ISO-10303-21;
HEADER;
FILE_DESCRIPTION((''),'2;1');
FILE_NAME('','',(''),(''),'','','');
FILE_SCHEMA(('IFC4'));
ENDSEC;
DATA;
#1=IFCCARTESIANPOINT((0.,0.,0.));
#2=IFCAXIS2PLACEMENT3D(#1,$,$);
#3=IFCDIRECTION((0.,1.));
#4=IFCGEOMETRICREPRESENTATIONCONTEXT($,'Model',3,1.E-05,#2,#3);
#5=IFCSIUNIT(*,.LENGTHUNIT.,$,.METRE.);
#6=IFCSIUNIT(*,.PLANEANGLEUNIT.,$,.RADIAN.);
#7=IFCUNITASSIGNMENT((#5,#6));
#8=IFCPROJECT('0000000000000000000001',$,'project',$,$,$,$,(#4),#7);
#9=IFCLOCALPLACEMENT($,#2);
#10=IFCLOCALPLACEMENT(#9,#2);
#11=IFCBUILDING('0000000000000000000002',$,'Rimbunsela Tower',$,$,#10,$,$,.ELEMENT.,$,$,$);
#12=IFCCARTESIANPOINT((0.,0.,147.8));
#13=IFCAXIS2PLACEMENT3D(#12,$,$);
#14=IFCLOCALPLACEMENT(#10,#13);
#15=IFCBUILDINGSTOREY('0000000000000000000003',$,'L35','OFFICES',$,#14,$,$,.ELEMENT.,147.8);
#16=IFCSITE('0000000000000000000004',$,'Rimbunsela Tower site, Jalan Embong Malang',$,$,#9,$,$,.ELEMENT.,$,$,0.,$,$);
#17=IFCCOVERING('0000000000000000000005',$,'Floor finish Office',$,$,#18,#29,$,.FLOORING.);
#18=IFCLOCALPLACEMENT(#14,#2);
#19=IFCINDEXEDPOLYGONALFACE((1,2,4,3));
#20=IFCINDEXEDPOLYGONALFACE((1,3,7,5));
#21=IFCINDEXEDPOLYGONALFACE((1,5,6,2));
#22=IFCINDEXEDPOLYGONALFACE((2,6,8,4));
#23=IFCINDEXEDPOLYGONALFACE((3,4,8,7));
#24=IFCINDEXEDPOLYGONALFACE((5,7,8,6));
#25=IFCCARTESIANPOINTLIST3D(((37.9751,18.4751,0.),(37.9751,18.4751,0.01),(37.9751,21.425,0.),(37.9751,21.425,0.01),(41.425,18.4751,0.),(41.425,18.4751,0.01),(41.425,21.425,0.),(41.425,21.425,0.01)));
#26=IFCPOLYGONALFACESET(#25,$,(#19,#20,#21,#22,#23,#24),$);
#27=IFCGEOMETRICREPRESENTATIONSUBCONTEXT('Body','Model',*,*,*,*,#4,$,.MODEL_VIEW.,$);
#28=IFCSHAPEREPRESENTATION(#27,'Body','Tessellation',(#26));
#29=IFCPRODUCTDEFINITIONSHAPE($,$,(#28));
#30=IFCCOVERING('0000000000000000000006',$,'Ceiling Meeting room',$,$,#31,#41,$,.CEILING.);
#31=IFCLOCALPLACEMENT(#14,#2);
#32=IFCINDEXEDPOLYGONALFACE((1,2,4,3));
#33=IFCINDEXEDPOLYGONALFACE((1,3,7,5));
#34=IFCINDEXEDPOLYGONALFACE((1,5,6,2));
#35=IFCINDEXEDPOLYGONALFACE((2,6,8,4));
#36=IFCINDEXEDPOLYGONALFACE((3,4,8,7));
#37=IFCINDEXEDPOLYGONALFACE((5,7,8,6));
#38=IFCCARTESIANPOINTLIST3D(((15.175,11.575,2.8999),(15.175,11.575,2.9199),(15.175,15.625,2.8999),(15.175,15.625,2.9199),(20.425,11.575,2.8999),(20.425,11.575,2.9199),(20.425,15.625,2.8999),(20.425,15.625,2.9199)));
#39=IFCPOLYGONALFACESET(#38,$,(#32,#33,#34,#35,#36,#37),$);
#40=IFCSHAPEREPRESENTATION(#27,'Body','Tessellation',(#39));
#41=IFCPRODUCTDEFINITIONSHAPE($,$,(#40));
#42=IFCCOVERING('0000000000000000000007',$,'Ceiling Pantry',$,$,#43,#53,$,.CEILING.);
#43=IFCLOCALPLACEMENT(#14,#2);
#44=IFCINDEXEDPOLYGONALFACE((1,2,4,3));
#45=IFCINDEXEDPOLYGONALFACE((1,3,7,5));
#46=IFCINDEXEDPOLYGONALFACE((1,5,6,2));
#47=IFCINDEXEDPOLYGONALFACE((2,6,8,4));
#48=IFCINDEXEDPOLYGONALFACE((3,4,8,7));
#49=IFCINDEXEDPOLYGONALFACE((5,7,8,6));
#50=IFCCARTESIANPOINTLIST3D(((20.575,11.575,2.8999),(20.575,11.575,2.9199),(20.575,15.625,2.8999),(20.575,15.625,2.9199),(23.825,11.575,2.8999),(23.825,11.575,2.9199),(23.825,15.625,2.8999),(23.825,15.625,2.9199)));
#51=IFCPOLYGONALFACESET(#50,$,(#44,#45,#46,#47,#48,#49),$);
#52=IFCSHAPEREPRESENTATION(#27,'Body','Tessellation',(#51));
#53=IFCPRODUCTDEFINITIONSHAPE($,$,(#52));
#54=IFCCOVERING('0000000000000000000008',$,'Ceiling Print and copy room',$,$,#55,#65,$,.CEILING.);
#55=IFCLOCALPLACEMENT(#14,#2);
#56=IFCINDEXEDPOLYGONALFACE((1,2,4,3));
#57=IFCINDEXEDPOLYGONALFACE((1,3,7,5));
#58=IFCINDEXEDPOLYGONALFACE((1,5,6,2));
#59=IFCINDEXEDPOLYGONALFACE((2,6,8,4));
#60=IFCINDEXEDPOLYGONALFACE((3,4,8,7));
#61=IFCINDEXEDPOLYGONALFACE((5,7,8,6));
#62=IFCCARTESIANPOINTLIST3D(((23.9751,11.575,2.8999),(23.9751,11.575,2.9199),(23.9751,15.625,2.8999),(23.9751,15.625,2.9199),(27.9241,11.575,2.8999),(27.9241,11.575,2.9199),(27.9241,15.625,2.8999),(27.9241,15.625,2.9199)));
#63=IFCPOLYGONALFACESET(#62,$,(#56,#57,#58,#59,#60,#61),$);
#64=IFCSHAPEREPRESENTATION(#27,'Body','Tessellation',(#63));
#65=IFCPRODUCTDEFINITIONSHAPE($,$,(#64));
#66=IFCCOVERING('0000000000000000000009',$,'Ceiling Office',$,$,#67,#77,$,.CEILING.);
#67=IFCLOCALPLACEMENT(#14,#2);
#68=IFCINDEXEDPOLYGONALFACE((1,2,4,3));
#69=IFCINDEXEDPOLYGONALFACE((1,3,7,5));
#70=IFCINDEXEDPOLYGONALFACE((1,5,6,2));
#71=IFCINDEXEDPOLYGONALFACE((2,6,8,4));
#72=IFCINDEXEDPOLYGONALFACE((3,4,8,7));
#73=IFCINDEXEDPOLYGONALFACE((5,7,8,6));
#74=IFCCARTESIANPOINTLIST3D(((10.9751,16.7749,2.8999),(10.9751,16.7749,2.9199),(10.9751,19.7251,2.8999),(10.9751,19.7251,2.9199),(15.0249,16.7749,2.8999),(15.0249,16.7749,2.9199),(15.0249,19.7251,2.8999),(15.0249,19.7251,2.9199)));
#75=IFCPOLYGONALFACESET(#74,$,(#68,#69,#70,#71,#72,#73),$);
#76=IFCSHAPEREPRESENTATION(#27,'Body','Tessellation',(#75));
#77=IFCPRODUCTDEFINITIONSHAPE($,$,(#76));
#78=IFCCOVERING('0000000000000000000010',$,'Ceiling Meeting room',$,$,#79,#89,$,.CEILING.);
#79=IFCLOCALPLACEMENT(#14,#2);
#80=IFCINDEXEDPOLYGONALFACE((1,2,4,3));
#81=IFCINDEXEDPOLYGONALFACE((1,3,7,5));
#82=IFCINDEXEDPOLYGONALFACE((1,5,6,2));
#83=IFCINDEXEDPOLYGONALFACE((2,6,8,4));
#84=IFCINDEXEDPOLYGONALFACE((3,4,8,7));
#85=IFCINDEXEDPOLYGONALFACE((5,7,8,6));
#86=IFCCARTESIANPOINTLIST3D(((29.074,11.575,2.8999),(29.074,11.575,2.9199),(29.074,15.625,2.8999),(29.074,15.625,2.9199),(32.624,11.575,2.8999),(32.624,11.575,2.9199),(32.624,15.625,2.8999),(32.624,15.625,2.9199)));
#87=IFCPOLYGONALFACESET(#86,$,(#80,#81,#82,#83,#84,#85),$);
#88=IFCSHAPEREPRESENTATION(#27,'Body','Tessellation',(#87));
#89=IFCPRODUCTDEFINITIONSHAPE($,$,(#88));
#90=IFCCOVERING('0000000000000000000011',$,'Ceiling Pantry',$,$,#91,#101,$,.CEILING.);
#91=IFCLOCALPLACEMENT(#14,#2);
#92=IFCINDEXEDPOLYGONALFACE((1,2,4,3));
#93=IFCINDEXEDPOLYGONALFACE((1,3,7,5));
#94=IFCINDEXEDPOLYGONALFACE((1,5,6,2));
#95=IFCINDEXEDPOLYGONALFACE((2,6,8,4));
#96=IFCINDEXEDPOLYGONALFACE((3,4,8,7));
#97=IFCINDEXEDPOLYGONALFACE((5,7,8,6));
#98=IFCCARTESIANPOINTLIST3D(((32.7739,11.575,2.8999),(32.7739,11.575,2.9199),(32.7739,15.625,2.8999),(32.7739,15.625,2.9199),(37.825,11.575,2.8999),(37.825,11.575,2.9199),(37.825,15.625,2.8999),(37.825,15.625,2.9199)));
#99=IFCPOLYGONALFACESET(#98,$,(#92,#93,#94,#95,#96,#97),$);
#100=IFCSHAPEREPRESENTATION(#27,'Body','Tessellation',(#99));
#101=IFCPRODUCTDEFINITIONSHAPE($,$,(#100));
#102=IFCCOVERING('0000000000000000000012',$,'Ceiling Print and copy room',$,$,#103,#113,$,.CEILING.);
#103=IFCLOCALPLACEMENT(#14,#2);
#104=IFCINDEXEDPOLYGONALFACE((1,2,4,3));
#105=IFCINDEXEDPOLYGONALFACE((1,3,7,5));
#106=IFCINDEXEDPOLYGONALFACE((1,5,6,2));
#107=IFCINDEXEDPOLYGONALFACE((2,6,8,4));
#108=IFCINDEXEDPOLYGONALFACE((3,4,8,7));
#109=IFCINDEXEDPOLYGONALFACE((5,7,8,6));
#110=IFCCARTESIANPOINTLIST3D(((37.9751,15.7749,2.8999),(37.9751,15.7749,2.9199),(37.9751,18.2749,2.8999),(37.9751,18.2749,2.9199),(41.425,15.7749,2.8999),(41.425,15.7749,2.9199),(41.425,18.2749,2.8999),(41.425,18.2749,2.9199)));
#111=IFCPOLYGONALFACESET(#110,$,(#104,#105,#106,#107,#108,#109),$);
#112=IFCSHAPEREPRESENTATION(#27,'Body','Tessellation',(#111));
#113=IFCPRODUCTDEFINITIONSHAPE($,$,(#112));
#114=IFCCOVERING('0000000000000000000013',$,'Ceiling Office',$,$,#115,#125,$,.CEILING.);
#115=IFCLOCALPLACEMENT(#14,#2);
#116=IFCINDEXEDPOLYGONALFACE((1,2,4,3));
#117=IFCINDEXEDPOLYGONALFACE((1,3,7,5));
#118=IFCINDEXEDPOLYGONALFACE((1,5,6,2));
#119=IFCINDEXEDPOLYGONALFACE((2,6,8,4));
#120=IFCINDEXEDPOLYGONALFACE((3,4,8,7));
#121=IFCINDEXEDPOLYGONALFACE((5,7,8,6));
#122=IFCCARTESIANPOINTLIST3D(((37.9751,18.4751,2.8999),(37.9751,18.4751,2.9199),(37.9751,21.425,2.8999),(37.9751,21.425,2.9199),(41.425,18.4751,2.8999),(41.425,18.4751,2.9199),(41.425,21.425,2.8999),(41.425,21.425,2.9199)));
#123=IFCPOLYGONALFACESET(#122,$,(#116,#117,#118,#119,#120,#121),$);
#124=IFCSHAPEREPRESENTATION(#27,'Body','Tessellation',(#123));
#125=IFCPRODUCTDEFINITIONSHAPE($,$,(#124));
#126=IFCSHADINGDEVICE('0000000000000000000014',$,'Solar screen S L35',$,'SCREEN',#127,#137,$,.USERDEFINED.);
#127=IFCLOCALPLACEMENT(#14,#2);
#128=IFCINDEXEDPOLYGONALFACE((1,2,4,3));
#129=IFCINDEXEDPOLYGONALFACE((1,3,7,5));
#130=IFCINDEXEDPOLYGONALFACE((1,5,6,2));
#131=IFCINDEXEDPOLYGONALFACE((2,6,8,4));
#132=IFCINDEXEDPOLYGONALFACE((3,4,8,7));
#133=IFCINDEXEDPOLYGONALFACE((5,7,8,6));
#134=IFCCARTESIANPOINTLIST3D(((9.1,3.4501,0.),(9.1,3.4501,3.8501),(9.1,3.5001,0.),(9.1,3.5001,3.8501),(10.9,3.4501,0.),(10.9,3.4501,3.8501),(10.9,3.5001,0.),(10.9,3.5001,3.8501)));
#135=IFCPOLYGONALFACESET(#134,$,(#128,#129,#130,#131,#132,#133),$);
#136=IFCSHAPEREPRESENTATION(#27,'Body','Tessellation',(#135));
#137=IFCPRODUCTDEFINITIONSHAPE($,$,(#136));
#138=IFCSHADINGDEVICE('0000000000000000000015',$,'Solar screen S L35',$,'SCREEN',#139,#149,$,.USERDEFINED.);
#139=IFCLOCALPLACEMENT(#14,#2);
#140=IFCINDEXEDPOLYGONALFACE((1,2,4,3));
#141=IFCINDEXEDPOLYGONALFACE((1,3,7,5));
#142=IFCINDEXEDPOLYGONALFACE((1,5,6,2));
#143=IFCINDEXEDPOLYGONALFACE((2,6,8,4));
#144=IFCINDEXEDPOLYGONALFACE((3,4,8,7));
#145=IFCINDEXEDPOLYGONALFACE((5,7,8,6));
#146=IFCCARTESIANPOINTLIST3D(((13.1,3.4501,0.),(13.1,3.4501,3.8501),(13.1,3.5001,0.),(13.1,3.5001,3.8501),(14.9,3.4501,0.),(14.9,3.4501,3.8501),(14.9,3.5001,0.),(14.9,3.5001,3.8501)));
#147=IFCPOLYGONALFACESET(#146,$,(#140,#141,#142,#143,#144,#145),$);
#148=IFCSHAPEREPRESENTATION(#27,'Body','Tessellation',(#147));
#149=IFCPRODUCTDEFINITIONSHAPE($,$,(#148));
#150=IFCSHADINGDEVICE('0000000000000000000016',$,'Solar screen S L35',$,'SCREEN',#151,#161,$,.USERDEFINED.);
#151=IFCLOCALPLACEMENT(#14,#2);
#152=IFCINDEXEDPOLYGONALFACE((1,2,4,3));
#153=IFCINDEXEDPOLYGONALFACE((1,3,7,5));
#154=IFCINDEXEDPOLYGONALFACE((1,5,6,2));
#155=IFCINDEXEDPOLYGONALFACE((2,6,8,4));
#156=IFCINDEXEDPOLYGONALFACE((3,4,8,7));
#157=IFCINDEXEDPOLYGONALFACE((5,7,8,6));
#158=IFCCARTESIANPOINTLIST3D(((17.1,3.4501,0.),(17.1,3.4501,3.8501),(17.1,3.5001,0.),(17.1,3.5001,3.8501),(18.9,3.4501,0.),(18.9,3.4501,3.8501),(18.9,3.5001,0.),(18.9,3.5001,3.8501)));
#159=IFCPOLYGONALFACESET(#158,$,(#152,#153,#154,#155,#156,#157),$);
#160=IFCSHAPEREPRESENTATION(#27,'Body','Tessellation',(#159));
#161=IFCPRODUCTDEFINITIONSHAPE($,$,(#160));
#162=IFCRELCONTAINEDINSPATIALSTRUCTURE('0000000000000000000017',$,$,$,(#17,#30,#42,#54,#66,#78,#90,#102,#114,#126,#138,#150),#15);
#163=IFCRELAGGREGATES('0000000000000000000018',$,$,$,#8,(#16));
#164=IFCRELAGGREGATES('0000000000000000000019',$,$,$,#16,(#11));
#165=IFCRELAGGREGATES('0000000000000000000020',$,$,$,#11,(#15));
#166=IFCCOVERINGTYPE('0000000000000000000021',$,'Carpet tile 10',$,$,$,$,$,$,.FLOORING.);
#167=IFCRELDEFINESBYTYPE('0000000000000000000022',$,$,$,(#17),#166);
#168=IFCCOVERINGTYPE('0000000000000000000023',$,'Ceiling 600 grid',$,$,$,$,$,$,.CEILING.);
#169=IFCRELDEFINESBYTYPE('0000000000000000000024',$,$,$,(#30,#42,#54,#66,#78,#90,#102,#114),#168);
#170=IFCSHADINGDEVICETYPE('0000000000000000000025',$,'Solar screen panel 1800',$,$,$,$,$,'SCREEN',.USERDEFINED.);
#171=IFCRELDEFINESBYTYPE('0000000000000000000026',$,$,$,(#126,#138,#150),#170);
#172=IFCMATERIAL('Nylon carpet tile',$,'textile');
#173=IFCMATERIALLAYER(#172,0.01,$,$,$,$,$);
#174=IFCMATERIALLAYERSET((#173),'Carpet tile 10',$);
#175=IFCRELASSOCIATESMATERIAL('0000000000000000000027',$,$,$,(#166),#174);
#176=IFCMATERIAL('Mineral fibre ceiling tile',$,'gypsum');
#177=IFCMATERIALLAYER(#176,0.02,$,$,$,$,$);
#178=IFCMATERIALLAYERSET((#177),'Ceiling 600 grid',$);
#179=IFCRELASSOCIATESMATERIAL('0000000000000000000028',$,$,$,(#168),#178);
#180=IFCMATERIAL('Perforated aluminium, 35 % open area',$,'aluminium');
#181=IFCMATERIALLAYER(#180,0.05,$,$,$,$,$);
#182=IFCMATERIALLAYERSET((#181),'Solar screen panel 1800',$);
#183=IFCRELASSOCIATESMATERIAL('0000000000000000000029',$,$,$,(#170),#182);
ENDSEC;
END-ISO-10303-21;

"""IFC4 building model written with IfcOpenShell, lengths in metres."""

from ifc_helpers import new_model, si_unit, direction, frame, origin, origin_2d, place, context, subcontext, project, spatial, polyline, rectangle, outline, extrude, material, layer, layer_set, type_object, element, save


model = new_model("IFC4")

# Units and contexts
model_context = context("Model", 3, precision=1e-05, world=origin(), true_north=direction((0.0, 1.0)))
body_context = subcontext(model_context, "Body", "Model", "MODEL_VIEW")
ifc_project = project(units=[si_unit("LENGTHUNIT", "METRE"), si_unit("PLANEANGLEUNIT", "RADIAN")], contexts=[model_context])

# Site, building, storey
site_placement = place(None, origin())
site = spatial("IfcSite", under=ifc_project, at=site_placement, Name="Rimbunsela Tower site, Jalan Embong Malang", CompositionType="ELEMENT", RefElevation=0.0)
building_placement = place(site_placement, origin())
building = spatial("IfcBuilding", under=site, at=building_placement, Name="Rimbunsela Tower", CompositionType="ELEMENT")
storey_placement = place(building_placement, frame((0.0, 0.0, 147.8)))
storey = spatial("IfcBuildingStorey", under=building, at=storey_placement, Name="L35", Description="OFFICES", CompositionType="ELEMENT", Elevation=147.8)

# Coverings
ifc_material_1 = material(Name="Nylon carpet tile", Category="textile")
ifc_layer_1 = layer(ifc_material_1, 0.01)
ifc_layer_set_1 = layer_set([ifc_layer_1], Name="Carpet tile 10")
covering_type_1 = type_object("IfcCoveringType", Name="Carpet tile 10", PredefinedType="FLOORING", material=ifc_layer_set_1)
covering_1_placement = place(storey_placement, origin())
element("IfcCovering", 1, at=covering_1_placement, inside=storey, type_object=covering_type_1, Name="Floor finish Office", PredefinedType="FLOORING", context=body_context, shape_type="SweptSolid", body=[
    extrude(outline(polyline([(41.425, 18.4751), (41.425, 21.425), (37.9751, 21.425), (37.9751, 18.4751), (41.425, 18.4751)])), origin(), (0.0, 0.0, 1.0), 0.01),
])
ifc_material_2 = material(Name="Mineral fibre ceiling tile", Category="gypsum")
ifc_layer_2 = layer(ifc_material_2, 0.02)
ifc_layer_set_2 = layer_set([ifc_layer_2], Name="Ceiling 600 grid")
covering_type_2 = type_object("IfcCoveringType", Name="Ceiling 600 grid", PredefinedType="CEILING", material=ifc_layer_set_2)
covering_2_placement = place(storey_placement, frame((0.0, 0.0, 2.8999)))
element("IfcCovering", 2, at=covering_2_placement, inside=storey, type_object=covering_type_2, Name="Ceiling Meeting room", PredefinedType="CEILING", context=body_context, shape_type="SweptSolid", body=[
    extrude(outline(polyline([(20.425, 11.575), (20.425, 15.625), (15.175, 15.625), (15.175, 11.575), (20.425, 11.575)])), origin(), (0.0, 0.0, 1.0), 0.02),
])
covering_3_placement = place(storey_placement, frame((0.0, 0.0, 2.8999)))
element("IfcCovering", 3, at=covering_3_placement, inside=storey, type_object=covering_type_2, Name="Ceiling Pantry", PredefinedType="CEILING", context=body_context, shape_type="SweptSolid", body=[
    extrude(outline(polyline([(23.825, 11.575), (23.825, 15.625), (20.575, 15.625), (20.575, 11.575), (23.825, 11.575)])), origin(), (0.0, 0.0, 1.0), 0.02),
])
covering_4_placement = place(storey_placement, frame((0.0, 0.0, 2.8999)))
element("IfcCovering", 4, at=covering_4_placement, inside=storey, type_object=covering_type_2, Name="Ceiling Print and copy room", PredefinedType="CEILING", context=body_context, shape_type="SweptSolid", body=[
    extrude(outline(polyline([(27.9241, 11.575), (27.9241, 15.625), (23.9751, 15.625), (23.9751, 11.575), (27.9241, 11.575)])), origin(), (0.0, 0.0, 1.0), 0.02),
])
covering_5_placement = place(storey_placement, frame((0.0, 0.0, 2.8999)))
element("IfcCovering", 5, at=covering_5_placement, inside=storey, type_object=covering_type_2, Name="Ceiling Office", PredefinedType="CEILING", context=body_context, shape_type="SweptSolid", body=[
    extrude(outline(polyline([(15.0249, 16.7749), (15.0249, 19.7251), (10.9751, 19.7251), (10.9751, 16.7749), (15.0249, 16.7749)])), origin(), (0.0, 0.0, 1.0), 0.02),
])
covering_6_placement = place(storey_placement, frame((0.0, 0.0, 2.8999)))
element("IfcCovering", 6, at=covering_6_placement, inside=storey, type_object=covering_type_2, Name="Ceiling Meeting room", PredefinedType="CEILING", context=body_context, shape_type="SweptSolid", body=[
    extrude(outline(polyline([(32.624, 11.575), (32.624, 15.625), (29.074, 15.625), (29.074, 11.575), (32.624, 11.575)])), origin(), (0.0, 0.0, 1.0), 0.02),
])
covering_7_placement = place(storey_placement, frame((0.0, 0.0, 2.8999)))
element("IfcCovering", 7, at=covering_7_placement, inside=storey, type_object=covering_type_2, Name="Ceiling Pantry", PredefinedType="CEILING", context=body_context, shape_type="SweptSolid", body=[
    extrude(outline(polyline([(37.825, 11.575), (37.825, 15.625), (32.7739, 15.625), (32.7739, 11.575), (37.825, 11.575)])), origin(), (0.0, 0.0, 1.0), 0.02),
])
covering_8_placement = place(storey_placement, frame((0.0, 0.0, 2.8999)))
element("IfcCovering", 8, at=covering_8_placement, inside=storey, type_object=covering_type_2, Name="Ceiling Print and copy room", PredefinedType="CEILING", context=body_context, shape_type="SweptSolid", body=[
    extrude(outline(polyline([(41.425, 15.7749), (41.425, 18.2749), (37.9751, 18.2749), (37.9751, 15.7749), (41.425, 15.7749)])), origin(), (0.0, 0.0, 1.0), 0.02),
])
covering_9_placement = place(storey_placement, frame((0.0, 0.0, 2.8999)))
element("IfcCovering", 9, at=covering_9_placement, inside=storey, type_object=covering_type_2, Name="Ceiling Office", PredefinedType="CEILING", context=body_context, shape_type="SweptSolid", body=[
    extrude(outline(polyline([(41.425, 18.4751), (41.425, 21.425), (37.9751, 21.425), (37.9751, 18.4751), (41.425, 18.4751)])), origin(), (0.0, 0.0, 1.0), 0.02),
])

# Shading devices
ifc_material_3 = material(Name="Perforated aluminium, 35 % open area", Category="aluminium")
ifc_layer_3 = layer(ifc_material_3, 0.05)
ifc_layer_set_3 = layer_set([ifc_layer_3], Name="Solar screen panel 1800")
shading_device_type = type_object("IfcShadingDeviceType", Name="Solar screen panel 1800", ElementType="SCREEN", PredefinedType="USERDEFINED", material=ifc_layer_set_3)
for number, where, z_axis, x_axis, name in (
    (10, (10.0, 3.4751, 0.0), (0.0, 0.0, 1.0), (1.0, 0.0, 0.0), "Solar screen S L35"),
    (11, (14.0, 3.4751, 0.0), (0.0, 0.0, 1.0), (1.0, 0.0, 0.0), "Solar screen S L35"),
    (12, (18.0, 3.4751, 0.0), (0.0, 0.0, 1.0), (1.0, 0.0, 0.0), "Solar screen S L35"),
):
    element("IfcShadingDevice", number, at=place(storey_placement, frame(where, z_axis=z_axis, x_axis=x_axis)), inside=storey, type_object=shading_device_type, Name=name, ObjectType="SCREEN", PredefinedType="USERDEFINED", context=body_context, shape_type="SweptSolid", body=[
        extrude(rectangle(XDim=1.8, YDim=0.05, at=origin_2d()), origin(), (0.0, 0.0, 1.0), 3.8501),
    ])

save(model, "model.ifc")
